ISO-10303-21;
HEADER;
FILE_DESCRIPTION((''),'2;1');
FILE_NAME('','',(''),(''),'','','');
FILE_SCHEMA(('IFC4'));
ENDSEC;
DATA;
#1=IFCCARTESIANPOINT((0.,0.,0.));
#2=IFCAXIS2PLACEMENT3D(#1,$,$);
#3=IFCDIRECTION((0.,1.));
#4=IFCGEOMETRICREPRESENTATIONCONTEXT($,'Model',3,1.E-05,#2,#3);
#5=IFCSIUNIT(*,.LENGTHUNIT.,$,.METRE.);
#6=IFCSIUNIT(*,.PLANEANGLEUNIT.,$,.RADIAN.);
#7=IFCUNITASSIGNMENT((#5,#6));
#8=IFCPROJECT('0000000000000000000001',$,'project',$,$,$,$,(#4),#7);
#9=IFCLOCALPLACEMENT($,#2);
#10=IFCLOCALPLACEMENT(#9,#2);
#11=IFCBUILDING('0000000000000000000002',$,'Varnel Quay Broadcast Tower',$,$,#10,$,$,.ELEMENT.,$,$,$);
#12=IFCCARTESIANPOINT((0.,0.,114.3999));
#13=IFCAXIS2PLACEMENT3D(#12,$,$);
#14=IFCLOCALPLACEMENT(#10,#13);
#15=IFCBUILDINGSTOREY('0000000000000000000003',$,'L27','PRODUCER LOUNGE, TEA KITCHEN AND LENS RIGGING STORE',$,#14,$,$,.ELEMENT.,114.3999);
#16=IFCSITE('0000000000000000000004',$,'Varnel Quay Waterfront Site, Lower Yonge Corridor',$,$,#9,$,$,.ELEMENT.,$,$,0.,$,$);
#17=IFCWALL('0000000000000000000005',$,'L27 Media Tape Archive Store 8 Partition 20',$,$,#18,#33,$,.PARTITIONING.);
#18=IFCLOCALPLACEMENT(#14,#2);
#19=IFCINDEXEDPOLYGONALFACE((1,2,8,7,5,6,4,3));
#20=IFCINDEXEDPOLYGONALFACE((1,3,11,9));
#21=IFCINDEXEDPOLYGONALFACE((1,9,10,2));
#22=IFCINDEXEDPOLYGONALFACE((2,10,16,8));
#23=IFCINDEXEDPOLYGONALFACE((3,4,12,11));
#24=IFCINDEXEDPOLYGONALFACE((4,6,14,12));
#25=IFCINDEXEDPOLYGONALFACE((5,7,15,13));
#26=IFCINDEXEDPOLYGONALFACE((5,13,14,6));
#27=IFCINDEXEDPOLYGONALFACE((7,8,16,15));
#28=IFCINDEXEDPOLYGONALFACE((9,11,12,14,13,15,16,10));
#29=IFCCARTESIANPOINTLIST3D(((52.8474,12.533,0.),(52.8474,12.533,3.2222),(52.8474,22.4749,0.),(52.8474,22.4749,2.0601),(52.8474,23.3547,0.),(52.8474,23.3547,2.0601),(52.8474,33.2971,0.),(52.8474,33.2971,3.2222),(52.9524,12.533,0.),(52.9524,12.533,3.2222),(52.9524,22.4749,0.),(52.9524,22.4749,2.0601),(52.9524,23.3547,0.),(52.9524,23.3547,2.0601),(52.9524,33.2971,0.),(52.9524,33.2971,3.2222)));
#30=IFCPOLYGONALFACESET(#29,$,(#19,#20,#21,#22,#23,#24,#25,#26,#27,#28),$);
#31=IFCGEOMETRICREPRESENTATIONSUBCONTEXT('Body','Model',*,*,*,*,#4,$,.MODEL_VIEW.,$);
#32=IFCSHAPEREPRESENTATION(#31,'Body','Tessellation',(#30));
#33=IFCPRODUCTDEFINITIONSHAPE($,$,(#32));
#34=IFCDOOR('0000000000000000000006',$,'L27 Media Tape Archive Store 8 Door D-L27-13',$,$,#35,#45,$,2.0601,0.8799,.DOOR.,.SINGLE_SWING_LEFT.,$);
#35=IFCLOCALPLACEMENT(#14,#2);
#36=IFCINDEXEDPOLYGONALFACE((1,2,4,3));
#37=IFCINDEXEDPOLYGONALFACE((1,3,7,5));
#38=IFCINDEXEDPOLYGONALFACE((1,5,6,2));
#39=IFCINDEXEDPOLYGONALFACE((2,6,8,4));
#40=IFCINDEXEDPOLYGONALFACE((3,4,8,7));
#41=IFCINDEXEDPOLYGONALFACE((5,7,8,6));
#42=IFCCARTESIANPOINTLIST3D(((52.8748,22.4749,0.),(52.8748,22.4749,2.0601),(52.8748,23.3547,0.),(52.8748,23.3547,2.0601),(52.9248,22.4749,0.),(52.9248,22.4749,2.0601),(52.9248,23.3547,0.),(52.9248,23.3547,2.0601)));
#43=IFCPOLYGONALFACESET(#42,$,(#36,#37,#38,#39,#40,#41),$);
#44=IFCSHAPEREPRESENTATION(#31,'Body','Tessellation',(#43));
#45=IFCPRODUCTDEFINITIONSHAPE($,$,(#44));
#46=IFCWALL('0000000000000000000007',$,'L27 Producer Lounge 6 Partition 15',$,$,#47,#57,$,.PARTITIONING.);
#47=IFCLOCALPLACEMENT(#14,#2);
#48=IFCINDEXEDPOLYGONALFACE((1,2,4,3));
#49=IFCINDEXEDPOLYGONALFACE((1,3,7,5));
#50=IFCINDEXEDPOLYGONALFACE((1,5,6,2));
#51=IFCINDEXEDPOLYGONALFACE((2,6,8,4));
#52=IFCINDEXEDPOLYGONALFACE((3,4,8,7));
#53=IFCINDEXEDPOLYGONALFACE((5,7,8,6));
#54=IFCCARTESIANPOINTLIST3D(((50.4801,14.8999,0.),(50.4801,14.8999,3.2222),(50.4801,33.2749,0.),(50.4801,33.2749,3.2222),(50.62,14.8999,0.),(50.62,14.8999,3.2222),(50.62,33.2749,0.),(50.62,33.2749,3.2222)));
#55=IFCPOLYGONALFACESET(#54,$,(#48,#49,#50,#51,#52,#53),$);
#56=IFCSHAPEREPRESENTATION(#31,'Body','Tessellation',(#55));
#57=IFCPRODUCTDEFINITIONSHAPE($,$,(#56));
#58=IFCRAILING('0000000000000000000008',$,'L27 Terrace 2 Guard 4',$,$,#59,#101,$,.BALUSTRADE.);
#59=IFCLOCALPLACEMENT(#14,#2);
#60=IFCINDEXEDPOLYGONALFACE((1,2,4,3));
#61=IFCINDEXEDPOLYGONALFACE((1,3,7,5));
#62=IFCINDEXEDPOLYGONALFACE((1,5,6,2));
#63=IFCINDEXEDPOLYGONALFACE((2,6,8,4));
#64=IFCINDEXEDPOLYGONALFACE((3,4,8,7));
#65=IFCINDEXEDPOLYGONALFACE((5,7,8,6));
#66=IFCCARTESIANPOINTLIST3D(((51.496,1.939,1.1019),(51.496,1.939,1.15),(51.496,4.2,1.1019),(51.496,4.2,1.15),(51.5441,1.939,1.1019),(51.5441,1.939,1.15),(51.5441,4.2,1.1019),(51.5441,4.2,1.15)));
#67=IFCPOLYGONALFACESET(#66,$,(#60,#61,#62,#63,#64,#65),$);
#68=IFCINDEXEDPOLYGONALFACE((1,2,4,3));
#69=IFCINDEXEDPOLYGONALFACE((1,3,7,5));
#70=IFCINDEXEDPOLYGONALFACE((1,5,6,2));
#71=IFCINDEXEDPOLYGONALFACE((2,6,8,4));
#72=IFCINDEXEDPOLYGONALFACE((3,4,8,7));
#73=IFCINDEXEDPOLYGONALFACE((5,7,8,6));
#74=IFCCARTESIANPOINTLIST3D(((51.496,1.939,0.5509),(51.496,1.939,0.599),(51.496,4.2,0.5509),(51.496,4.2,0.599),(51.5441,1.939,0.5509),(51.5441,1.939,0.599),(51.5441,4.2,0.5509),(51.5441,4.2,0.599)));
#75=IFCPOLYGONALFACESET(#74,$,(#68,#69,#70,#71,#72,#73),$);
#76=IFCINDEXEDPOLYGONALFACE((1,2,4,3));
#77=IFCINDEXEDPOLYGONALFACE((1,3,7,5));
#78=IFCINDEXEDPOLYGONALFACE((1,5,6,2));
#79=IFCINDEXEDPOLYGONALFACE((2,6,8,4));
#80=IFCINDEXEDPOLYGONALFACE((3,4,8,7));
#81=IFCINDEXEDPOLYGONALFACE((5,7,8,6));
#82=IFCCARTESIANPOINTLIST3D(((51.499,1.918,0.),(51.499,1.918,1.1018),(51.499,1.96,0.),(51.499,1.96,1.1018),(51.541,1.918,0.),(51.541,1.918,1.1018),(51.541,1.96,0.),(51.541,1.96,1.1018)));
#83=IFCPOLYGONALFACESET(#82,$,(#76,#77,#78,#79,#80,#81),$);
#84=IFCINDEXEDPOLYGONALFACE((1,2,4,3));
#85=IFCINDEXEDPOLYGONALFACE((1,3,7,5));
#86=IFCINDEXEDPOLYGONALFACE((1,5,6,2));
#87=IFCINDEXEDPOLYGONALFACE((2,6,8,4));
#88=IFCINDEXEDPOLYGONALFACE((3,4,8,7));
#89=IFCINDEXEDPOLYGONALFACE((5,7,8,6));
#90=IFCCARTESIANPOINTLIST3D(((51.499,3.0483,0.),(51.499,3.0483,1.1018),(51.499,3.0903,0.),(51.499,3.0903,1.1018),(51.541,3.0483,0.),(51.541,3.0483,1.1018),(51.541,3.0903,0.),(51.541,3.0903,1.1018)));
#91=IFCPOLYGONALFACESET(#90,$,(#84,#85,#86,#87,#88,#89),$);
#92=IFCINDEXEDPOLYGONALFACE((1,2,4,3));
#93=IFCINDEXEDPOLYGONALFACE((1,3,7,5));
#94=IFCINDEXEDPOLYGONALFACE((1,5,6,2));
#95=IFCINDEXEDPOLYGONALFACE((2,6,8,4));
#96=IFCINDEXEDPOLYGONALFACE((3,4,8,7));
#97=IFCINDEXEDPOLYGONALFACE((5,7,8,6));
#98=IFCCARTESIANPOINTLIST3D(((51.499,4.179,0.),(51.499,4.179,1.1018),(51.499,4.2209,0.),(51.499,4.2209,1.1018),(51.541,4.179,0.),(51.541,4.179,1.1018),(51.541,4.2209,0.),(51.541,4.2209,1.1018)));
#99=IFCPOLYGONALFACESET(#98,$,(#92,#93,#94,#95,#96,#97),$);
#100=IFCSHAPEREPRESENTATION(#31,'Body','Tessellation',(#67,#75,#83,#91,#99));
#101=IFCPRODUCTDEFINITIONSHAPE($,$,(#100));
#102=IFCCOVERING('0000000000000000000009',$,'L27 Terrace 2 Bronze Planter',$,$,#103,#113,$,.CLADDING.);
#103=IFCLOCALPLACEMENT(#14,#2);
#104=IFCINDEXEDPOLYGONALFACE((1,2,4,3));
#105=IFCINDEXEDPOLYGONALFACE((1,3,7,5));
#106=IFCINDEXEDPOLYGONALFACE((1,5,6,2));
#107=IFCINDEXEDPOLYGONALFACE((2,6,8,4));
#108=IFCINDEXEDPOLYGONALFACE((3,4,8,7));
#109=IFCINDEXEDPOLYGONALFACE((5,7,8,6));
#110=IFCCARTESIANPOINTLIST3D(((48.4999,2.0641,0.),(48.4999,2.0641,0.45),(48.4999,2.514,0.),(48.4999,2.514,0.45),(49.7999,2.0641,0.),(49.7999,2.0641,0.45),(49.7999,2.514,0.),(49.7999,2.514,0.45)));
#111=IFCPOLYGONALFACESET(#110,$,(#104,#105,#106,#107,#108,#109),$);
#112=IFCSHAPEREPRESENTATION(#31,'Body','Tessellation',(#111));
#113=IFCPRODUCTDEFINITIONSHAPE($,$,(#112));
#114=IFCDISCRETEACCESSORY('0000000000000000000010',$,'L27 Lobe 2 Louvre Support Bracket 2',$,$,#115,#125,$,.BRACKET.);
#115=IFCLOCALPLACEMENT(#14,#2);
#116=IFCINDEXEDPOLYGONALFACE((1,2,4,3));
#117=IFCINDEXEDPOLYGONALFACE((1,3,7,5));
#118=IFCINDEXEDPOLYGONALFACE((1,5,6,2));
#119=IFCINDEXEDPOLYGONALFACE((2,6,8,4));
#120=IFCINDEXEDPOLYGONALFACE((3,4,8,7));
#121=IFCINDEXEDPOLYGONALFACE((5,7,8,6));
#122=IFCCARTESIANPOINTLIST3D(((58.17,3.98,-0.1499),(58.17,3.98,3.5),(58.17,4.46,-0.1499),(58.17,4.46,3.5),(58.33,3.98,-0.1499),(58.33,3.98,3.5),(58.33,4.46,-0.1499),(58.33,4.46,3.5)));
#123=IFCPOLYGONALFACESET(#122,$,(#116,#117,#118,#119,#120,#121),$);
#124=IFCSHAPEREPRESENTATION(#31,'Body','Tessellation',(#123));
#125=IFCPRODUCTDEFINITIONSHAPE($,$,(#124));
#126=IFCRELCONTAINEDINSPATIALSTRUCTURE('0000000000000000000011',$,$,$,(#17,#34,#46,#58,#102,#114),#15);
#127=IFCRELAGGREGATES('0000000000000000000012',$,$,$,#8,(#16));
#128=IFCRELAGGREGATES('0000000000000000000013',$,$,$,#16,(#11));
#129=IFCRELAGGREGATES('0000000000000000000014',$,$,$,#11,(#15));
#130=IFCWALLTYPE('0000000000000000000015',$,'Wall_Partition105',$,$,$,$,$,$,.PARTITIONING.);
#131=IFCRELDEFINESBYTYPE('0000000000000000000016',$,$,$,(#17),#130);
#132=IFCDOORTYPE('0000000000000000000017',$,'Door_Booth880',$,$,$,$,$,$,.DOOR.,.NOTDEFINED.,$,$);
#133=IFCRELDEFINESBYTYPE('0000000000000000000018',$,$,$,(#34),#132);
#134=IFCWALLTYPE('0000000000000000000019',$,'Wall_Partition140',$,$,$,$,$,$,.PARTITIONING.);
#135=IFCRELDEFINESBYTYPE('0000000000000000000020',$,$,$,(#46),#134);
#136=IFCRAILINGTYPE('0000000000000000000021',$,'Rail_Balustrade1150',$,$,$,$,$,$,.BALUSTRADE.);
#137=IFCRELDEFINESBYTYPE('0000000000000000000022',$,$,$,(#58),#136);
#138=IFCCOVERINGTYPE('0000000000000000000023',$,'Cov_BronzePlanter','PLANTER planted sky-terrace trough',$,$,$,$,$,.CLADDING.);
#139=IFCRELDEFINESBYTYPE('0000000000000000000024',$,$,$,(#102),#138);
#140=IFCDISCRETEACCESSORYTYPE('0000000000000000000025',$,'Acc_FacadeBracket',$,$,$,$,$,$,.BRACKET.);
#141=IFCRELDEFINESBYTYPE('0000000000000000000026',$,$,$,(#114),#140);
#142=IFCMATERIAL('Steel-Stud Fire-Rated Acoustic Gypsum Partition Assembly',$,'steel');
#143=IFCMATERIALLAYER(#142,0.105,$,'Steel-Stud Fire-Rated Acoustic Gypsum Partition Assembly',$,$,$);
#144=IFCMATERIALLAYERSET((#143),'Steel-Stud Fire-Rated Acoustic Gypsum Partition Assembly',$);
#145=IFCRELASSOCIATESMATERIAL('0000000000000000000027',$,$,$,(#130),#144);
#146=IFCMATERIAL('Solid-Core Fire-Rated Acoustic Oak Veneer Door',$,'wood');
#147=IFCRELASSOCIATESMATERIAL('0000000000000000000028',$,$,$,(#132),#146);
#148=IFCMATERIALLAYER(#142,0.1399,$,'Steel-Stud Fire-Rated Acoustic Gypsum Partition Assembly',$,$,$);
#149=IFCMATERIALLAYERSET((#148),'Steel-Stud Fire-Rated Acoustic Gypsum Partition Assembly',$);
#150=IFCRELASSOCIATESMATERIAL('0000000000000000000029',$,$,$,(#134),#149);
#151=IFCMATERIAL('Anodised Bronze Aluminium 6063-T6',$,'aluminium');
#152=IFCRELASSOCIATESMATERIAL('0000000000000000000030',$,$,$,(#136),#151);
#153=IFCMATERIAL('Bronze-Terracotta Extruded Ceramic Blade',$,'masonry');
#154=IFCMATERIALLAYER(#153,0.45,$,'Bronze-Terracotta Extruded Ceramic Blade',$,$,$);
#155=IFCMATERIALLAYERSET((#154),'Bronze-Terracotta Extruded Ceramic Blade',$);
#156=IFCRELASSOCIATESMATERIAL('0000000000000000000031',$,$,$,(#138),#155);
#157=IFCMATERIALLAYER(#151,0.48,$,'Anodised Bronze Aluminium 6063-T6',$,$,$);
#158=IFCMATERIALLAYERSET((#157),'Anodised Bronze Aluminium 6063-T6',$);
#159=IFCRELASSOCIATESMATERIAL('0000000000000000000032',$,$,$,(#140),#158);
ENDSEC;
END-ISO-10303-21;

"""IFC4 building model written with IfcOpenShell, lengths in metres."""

from ifc_helpers import new_model, si_unit, direction, frame, frame_2d, origin, origin_2d, place, context, subcontext, project, spatial, rectangle, extrude, source, transform, mapped, material, layer, layer_set, type_object, type_shapes, element, fill, save


model = new_model("IFC4")

# Units and contexts
model_context = context("Model", 3, precision=1e-05, world=origin(), true_north=direction((0.0, 1.0)))
body_context = subcontext(model_context, "Body", "Model", "MODEL_VIEW")
ifc_project = project(units=[si_unit("LENGTHUNIT", "METRE"), si_unit("PLANEANGLEUNIT", "RADIAN")], contexts=[model_context])

# Site, building, storey
site_placement = place(None, origin())
site = spatial("IfcSite", under=ifc_project, at=site_placement, Name="Varnel Quay Waterfront Site, Lower Yonge Corridor", CompositionType="ELEMENT", RefElevation=0.0)
building_placement = place(site_placement, origin())
building = spatial("IfcBuilding", under=site, at=building_placement, Name="Varnel Quay Broadcast Tower", CompositionType="ELEMENT")
storey_placement = place(building_placement, frame((0.0, 0.0, 114.3999)))
storey = spatial("IfcBuildingStorey", under=building, at=storey_placement, Name="L27", Description="PRODUCER LOUNGE, TEA KITCHEN AND LENS RIGGING STORE", CompositionType="ELEMENT", Elevation=114.3999)

# Shared definitions
ifc_material_1 = material(Name="Anodised Bronze Aluminium 6063-T6", Category="aluminium")

# Shared definitions
ifc_material_2 = material(Name="Steel-Stud Fire-Rated Acoustic Gypsum Partition Assembly", Category="steel")
ifc_layer_1 = layer(ifc_material_2, 0.105, Name="Steel-Stud Fire-Rated Acoustic Gypsum Partition Assembly")
ifc_layer_set_1 = layer_set([ifc_layer_1], Name="Steel-Stud Fire-Rated Acoustic Gypsum Partition Assembly")
wall_type_1 = type_object("IfcWallType", Name="Wall_Partition105", PredefinedType="PARTITIONING", material=ifc_layer_set_1)

# Wall, opening, door
wall_1_placement = place(storey_placement, frame((52.8999, 12.533, 0.0), z_axis=(0.0, 0.0, 1.0), x_axis=(0.0, 1.0, 0.0)))
wall_1 = element("IfcWall", 1, at=wall_1_placement, inside=storey, type_object=wall_type_1, Name="L27 Media Tape Archive Store 8 Partition 20", PredefinedType="PARTITIONING", context=body_context, shape_type="SweptSolid", body=[
    extrude(rectangle(XDim=20.7642, YDim=0.105, at=frame_2d((10.3821, 0.0))), origin(), (0.0, 0.0, 1.0), 3.2222),
])
opening_placement = place(wall_1_placement, frame((9.9419, 0.0, 0.0)))
opening = element("IfcOpeningElement", 2, at=opening_placement, cuts=wall_1, PredefinedType="OPENING", context=body_context, shape_type="SweptSolid", body=[
    extrude(rectangle(XDim=0.8799, YDim=2.0601, at=frame_2d((0.4399, 1.03))), frame((0.0, 0.0625, 0.0), z_axis=(0.0, -1.0, 0.0), x_axis=(1.0, 0.0, 0.0)), (0.0, 0.0, 1.0), 0.125),
])
ifc_material_3 = material(Name="Solid-Core Fire-Rated Acoustic Oak Veneer Door", Category="wood")
door_type = type_object("IfcDoorType", Name="Door_Booth880", OperationType="NOTDEFINED", PredefinedType="DOOR", material=ifc_material_3)
shared_shape_1 = source(origin(), body_context, "Body", "SweptSolid", [
    extrude(rectangle(XDim=0.8799, YDim=2.0601, at=frame_2d((0.4399, 1.03))), frame((0.0, 0.0249, 0.0), z_axis=(0.0, -1.0, 0.0), x_axis=(1.0, 0.0, 0.0)), (0.0, 0.0, 1.0), 0.05),
])
type_shapes(door_type, [shared_shape_1])
door_placement = place(opening_placement, frame((0.8799, 0.0, 0.0), z_axis=(0.0, 0.0, 1.0), x_axis=(-1.0, 0.0, 0.0)))
door = element("IfcDoor", 3, at=door_placement, inside=storey, type_object=door_type, Name="L27 Media Tape Archive Store 8 Door D-L27-13", OperationType="SINGLE_SWING_LEFT", OverallHeight=2.0601, OverallWidth=0.8799, PredefinedType="DOOR", context=body_context, shape_type="MappedRepresentation", body=[
    mapped(shared_shape_1, transform((0.0, 0.0, 0.0), x_axis=(1.0, 0.0, 0.0), y_axis=(0.0, 1.0, 0.0), z_axis=(0.0, 0.0, 1.0), scale=1.0)),
])
fill(opening, door)

# Wall
ifc_layer_2 = layer(ifc_material_2, 0.1399, Name="Steel-Stud Fire-Rated Acoustic Gypsum Partition Assembly")
ifc_layer_set_2 = layer_set([ifc_layer_2], Name="Steel-Stud Fire-Rated Acoustic Gypsum Partition Assembly")
wall_type_2 = type_object("IfcWallType", Name="Wall_Partition140", PredefinedType="PARTITIONING", material=ifc_layer_set_2)
wall_2_placement = place(storey_placement, frame((50.55, 14.8999, 0.0), z_axis=(0.0, 0.0, 1.0), x_axis=(0.0, 1.0, 0.0)))
element("IfcWall", 4, at=wall_2_placement, inside=storey, type_object=wall_type_2, Name="L27 Producer Lounge 6 Partition 15", PredefinedType="PARTITIONING", context=body_context, shape_type="SweptSolid", body=[
    extrude(rectangle(XDim=18.375, YDim=0.1399, at=frame_2d((9.1875, 0.0))), origin(), (0.0, 0.0, 1.0), 3.2222),
])

# Railing
railing_type = type_object("IfcRailingType", Name="Rail_Balustrade1150", PredefinedType="BALUSTRADE", material=ifc_material_1)
railing_placement = place(storey_placement, frame((51.52, 1.939, 0.0)))
element("IfcRailing", 5, at=railing_placement, inside=storey, type_object=railing_type, Name="L27 Terrace 2 Guard 4", PredefinedType="BALUSTRADE", context=body_context, shape_type="SweptSolid", body=[
    extrude(rectangle(XDim=0.0481, YDim=0.0481, at=origin_2d()), frame((0.0, 0.0, 1.126), z_axis=(0.0, 1.0, 0.0), x_axis=(-1.0, 0.0, 0.0)), (0.0, 0.0, 1.0), 2.261),
    extrude(rectangle(XDim=0.0481, YDim=0.0481, at=origin_2d()), frame((0.0, 0.0, 0.575), z_axis=(0.0, 1.0, 0.0), x_axis=(-1.0, 0.0, 0.0)), (0.0, 0.0, 1.0), 2.261),
    extrude(rectangle(XDim=0.042, YDim=0.042, at=origin_2d()), origin(), (0.0, 0.0, 1.0), 1.1018),
    extrude(rectangle(XDim=0.042, YDim=0.042, at=origin_2d()), frame((0.0, 1.1304, 0.0)), (0.0, 0.0, 1.0), 1.1018),
    extrude(rectangle(XDim=0.042, YDim=0.042, at=origin_2d()), frame((0.0, 2.261, 0.0)), (0.0, 0.0, 1.0), 1.1018),
])

# Covering
ifc_material_4 = material(Name="Bronze-Terracotta Extruded Ceramic Blade", Category="masonry")
ifc_layer_3 = layer(ifc_material_4, 0.45, Name="Bronze-Terracotta Extruded Ceramic Blade")
ifc_layer_set_3 = layer_set([ifc_layer_3], Name="Bronze-Terracotta Extruded Ceramic Blade")
covering_type = type_object("IfcCoveringType", Name="Cov_BronzePlanter", Description="PLANTER planted sky-terrace trough", PredefinedType="CLADDING", material=ifc_layer_set_3)
shared_shape_2 = source(origin(), body_context, "Body", "SweptSolid", [
    extrude(rectangle(XDim=1.3, YDim=0.45, at=origin_2d()), origin(), (0.0, 0.0, 1.0), 0.45),
])
type_shapes(covering_type, [shared_shape_2])
covering_placement = place(storey_placement, frame((49.1499, 2.2891, 0.0), z_axis=(0.0, 0.0, 1.0), x_axis=(1.0, 0.0, 0.0)))
element("IfcCovering", 6, at=covering_placement, inside=storey, type_object=covering_type, Name="L27 Terrace 2 Bronze Planter", PredefinedType="CLADDING", context=body_context, shape_type="MappedRepresentation", body=[
    mapped(shared_shape_2, transform((0.0, 0.0, 0.0), x_axis=(1.0, 0.0, 0.0), y_axis=(0.0, 1.0, 0.0), z_axis=(0.0, 0.0, 1.0), scale=1.0)),
])

# Discrete accessory
ifc_layer_4 = layer(ifc_material_1, 0.48, Name="Anodised Bronze Aluminium 6063-T6")
ifc_layer_set_4 = layer_set([ifc_layer_4], Name="Anodised Bronze Aluminium 6063-T6")
discrete_accessory_type = type_object("IfcDiscreteAccessoryType", Name="Acc_FacadeBracket", PredefinedType="BRACKET", material=ifc_layer_set_4)
shared_shape_3 = source(origin(), body_context, "Body", "SweptSolid", [
    extrude(rectangle(XDim=0.1599, YDim=0.48, at=origin_2d()), origin(), (0.0, 0.0, 1.0), 3.6499),
])
type_shapes(discrete_accessory_type, [shared_shape_3])
discrete_accessory_placement = place(storey_placement, frame((58.25, 4.22, -0.1499), z_axis=(0.0, 0.0, 1.0), x_axis=(1.0, 0.0, 0.0)))
element("IfcDiscreteAccessory", 7, at=discrete_accessory_placement, inside=storey, type_object=discrete_accessory_type, Name="L27 Lobe 2 Louvre Support Bracket 2", PredefinedType="BRACKET", context=body_context, shape_type="MappedRepresentation", body=[
    mapped(shared_shape_3, transform((0.0, 0.0, 0.0), x_axis=(1.0, 0.0, 0.0), y_axis=(0.0, 1.0, 0.0), z_axis=(0.0, 0.0, 1.0), scale=1.0)),
])

save(model, "model.ifc")
